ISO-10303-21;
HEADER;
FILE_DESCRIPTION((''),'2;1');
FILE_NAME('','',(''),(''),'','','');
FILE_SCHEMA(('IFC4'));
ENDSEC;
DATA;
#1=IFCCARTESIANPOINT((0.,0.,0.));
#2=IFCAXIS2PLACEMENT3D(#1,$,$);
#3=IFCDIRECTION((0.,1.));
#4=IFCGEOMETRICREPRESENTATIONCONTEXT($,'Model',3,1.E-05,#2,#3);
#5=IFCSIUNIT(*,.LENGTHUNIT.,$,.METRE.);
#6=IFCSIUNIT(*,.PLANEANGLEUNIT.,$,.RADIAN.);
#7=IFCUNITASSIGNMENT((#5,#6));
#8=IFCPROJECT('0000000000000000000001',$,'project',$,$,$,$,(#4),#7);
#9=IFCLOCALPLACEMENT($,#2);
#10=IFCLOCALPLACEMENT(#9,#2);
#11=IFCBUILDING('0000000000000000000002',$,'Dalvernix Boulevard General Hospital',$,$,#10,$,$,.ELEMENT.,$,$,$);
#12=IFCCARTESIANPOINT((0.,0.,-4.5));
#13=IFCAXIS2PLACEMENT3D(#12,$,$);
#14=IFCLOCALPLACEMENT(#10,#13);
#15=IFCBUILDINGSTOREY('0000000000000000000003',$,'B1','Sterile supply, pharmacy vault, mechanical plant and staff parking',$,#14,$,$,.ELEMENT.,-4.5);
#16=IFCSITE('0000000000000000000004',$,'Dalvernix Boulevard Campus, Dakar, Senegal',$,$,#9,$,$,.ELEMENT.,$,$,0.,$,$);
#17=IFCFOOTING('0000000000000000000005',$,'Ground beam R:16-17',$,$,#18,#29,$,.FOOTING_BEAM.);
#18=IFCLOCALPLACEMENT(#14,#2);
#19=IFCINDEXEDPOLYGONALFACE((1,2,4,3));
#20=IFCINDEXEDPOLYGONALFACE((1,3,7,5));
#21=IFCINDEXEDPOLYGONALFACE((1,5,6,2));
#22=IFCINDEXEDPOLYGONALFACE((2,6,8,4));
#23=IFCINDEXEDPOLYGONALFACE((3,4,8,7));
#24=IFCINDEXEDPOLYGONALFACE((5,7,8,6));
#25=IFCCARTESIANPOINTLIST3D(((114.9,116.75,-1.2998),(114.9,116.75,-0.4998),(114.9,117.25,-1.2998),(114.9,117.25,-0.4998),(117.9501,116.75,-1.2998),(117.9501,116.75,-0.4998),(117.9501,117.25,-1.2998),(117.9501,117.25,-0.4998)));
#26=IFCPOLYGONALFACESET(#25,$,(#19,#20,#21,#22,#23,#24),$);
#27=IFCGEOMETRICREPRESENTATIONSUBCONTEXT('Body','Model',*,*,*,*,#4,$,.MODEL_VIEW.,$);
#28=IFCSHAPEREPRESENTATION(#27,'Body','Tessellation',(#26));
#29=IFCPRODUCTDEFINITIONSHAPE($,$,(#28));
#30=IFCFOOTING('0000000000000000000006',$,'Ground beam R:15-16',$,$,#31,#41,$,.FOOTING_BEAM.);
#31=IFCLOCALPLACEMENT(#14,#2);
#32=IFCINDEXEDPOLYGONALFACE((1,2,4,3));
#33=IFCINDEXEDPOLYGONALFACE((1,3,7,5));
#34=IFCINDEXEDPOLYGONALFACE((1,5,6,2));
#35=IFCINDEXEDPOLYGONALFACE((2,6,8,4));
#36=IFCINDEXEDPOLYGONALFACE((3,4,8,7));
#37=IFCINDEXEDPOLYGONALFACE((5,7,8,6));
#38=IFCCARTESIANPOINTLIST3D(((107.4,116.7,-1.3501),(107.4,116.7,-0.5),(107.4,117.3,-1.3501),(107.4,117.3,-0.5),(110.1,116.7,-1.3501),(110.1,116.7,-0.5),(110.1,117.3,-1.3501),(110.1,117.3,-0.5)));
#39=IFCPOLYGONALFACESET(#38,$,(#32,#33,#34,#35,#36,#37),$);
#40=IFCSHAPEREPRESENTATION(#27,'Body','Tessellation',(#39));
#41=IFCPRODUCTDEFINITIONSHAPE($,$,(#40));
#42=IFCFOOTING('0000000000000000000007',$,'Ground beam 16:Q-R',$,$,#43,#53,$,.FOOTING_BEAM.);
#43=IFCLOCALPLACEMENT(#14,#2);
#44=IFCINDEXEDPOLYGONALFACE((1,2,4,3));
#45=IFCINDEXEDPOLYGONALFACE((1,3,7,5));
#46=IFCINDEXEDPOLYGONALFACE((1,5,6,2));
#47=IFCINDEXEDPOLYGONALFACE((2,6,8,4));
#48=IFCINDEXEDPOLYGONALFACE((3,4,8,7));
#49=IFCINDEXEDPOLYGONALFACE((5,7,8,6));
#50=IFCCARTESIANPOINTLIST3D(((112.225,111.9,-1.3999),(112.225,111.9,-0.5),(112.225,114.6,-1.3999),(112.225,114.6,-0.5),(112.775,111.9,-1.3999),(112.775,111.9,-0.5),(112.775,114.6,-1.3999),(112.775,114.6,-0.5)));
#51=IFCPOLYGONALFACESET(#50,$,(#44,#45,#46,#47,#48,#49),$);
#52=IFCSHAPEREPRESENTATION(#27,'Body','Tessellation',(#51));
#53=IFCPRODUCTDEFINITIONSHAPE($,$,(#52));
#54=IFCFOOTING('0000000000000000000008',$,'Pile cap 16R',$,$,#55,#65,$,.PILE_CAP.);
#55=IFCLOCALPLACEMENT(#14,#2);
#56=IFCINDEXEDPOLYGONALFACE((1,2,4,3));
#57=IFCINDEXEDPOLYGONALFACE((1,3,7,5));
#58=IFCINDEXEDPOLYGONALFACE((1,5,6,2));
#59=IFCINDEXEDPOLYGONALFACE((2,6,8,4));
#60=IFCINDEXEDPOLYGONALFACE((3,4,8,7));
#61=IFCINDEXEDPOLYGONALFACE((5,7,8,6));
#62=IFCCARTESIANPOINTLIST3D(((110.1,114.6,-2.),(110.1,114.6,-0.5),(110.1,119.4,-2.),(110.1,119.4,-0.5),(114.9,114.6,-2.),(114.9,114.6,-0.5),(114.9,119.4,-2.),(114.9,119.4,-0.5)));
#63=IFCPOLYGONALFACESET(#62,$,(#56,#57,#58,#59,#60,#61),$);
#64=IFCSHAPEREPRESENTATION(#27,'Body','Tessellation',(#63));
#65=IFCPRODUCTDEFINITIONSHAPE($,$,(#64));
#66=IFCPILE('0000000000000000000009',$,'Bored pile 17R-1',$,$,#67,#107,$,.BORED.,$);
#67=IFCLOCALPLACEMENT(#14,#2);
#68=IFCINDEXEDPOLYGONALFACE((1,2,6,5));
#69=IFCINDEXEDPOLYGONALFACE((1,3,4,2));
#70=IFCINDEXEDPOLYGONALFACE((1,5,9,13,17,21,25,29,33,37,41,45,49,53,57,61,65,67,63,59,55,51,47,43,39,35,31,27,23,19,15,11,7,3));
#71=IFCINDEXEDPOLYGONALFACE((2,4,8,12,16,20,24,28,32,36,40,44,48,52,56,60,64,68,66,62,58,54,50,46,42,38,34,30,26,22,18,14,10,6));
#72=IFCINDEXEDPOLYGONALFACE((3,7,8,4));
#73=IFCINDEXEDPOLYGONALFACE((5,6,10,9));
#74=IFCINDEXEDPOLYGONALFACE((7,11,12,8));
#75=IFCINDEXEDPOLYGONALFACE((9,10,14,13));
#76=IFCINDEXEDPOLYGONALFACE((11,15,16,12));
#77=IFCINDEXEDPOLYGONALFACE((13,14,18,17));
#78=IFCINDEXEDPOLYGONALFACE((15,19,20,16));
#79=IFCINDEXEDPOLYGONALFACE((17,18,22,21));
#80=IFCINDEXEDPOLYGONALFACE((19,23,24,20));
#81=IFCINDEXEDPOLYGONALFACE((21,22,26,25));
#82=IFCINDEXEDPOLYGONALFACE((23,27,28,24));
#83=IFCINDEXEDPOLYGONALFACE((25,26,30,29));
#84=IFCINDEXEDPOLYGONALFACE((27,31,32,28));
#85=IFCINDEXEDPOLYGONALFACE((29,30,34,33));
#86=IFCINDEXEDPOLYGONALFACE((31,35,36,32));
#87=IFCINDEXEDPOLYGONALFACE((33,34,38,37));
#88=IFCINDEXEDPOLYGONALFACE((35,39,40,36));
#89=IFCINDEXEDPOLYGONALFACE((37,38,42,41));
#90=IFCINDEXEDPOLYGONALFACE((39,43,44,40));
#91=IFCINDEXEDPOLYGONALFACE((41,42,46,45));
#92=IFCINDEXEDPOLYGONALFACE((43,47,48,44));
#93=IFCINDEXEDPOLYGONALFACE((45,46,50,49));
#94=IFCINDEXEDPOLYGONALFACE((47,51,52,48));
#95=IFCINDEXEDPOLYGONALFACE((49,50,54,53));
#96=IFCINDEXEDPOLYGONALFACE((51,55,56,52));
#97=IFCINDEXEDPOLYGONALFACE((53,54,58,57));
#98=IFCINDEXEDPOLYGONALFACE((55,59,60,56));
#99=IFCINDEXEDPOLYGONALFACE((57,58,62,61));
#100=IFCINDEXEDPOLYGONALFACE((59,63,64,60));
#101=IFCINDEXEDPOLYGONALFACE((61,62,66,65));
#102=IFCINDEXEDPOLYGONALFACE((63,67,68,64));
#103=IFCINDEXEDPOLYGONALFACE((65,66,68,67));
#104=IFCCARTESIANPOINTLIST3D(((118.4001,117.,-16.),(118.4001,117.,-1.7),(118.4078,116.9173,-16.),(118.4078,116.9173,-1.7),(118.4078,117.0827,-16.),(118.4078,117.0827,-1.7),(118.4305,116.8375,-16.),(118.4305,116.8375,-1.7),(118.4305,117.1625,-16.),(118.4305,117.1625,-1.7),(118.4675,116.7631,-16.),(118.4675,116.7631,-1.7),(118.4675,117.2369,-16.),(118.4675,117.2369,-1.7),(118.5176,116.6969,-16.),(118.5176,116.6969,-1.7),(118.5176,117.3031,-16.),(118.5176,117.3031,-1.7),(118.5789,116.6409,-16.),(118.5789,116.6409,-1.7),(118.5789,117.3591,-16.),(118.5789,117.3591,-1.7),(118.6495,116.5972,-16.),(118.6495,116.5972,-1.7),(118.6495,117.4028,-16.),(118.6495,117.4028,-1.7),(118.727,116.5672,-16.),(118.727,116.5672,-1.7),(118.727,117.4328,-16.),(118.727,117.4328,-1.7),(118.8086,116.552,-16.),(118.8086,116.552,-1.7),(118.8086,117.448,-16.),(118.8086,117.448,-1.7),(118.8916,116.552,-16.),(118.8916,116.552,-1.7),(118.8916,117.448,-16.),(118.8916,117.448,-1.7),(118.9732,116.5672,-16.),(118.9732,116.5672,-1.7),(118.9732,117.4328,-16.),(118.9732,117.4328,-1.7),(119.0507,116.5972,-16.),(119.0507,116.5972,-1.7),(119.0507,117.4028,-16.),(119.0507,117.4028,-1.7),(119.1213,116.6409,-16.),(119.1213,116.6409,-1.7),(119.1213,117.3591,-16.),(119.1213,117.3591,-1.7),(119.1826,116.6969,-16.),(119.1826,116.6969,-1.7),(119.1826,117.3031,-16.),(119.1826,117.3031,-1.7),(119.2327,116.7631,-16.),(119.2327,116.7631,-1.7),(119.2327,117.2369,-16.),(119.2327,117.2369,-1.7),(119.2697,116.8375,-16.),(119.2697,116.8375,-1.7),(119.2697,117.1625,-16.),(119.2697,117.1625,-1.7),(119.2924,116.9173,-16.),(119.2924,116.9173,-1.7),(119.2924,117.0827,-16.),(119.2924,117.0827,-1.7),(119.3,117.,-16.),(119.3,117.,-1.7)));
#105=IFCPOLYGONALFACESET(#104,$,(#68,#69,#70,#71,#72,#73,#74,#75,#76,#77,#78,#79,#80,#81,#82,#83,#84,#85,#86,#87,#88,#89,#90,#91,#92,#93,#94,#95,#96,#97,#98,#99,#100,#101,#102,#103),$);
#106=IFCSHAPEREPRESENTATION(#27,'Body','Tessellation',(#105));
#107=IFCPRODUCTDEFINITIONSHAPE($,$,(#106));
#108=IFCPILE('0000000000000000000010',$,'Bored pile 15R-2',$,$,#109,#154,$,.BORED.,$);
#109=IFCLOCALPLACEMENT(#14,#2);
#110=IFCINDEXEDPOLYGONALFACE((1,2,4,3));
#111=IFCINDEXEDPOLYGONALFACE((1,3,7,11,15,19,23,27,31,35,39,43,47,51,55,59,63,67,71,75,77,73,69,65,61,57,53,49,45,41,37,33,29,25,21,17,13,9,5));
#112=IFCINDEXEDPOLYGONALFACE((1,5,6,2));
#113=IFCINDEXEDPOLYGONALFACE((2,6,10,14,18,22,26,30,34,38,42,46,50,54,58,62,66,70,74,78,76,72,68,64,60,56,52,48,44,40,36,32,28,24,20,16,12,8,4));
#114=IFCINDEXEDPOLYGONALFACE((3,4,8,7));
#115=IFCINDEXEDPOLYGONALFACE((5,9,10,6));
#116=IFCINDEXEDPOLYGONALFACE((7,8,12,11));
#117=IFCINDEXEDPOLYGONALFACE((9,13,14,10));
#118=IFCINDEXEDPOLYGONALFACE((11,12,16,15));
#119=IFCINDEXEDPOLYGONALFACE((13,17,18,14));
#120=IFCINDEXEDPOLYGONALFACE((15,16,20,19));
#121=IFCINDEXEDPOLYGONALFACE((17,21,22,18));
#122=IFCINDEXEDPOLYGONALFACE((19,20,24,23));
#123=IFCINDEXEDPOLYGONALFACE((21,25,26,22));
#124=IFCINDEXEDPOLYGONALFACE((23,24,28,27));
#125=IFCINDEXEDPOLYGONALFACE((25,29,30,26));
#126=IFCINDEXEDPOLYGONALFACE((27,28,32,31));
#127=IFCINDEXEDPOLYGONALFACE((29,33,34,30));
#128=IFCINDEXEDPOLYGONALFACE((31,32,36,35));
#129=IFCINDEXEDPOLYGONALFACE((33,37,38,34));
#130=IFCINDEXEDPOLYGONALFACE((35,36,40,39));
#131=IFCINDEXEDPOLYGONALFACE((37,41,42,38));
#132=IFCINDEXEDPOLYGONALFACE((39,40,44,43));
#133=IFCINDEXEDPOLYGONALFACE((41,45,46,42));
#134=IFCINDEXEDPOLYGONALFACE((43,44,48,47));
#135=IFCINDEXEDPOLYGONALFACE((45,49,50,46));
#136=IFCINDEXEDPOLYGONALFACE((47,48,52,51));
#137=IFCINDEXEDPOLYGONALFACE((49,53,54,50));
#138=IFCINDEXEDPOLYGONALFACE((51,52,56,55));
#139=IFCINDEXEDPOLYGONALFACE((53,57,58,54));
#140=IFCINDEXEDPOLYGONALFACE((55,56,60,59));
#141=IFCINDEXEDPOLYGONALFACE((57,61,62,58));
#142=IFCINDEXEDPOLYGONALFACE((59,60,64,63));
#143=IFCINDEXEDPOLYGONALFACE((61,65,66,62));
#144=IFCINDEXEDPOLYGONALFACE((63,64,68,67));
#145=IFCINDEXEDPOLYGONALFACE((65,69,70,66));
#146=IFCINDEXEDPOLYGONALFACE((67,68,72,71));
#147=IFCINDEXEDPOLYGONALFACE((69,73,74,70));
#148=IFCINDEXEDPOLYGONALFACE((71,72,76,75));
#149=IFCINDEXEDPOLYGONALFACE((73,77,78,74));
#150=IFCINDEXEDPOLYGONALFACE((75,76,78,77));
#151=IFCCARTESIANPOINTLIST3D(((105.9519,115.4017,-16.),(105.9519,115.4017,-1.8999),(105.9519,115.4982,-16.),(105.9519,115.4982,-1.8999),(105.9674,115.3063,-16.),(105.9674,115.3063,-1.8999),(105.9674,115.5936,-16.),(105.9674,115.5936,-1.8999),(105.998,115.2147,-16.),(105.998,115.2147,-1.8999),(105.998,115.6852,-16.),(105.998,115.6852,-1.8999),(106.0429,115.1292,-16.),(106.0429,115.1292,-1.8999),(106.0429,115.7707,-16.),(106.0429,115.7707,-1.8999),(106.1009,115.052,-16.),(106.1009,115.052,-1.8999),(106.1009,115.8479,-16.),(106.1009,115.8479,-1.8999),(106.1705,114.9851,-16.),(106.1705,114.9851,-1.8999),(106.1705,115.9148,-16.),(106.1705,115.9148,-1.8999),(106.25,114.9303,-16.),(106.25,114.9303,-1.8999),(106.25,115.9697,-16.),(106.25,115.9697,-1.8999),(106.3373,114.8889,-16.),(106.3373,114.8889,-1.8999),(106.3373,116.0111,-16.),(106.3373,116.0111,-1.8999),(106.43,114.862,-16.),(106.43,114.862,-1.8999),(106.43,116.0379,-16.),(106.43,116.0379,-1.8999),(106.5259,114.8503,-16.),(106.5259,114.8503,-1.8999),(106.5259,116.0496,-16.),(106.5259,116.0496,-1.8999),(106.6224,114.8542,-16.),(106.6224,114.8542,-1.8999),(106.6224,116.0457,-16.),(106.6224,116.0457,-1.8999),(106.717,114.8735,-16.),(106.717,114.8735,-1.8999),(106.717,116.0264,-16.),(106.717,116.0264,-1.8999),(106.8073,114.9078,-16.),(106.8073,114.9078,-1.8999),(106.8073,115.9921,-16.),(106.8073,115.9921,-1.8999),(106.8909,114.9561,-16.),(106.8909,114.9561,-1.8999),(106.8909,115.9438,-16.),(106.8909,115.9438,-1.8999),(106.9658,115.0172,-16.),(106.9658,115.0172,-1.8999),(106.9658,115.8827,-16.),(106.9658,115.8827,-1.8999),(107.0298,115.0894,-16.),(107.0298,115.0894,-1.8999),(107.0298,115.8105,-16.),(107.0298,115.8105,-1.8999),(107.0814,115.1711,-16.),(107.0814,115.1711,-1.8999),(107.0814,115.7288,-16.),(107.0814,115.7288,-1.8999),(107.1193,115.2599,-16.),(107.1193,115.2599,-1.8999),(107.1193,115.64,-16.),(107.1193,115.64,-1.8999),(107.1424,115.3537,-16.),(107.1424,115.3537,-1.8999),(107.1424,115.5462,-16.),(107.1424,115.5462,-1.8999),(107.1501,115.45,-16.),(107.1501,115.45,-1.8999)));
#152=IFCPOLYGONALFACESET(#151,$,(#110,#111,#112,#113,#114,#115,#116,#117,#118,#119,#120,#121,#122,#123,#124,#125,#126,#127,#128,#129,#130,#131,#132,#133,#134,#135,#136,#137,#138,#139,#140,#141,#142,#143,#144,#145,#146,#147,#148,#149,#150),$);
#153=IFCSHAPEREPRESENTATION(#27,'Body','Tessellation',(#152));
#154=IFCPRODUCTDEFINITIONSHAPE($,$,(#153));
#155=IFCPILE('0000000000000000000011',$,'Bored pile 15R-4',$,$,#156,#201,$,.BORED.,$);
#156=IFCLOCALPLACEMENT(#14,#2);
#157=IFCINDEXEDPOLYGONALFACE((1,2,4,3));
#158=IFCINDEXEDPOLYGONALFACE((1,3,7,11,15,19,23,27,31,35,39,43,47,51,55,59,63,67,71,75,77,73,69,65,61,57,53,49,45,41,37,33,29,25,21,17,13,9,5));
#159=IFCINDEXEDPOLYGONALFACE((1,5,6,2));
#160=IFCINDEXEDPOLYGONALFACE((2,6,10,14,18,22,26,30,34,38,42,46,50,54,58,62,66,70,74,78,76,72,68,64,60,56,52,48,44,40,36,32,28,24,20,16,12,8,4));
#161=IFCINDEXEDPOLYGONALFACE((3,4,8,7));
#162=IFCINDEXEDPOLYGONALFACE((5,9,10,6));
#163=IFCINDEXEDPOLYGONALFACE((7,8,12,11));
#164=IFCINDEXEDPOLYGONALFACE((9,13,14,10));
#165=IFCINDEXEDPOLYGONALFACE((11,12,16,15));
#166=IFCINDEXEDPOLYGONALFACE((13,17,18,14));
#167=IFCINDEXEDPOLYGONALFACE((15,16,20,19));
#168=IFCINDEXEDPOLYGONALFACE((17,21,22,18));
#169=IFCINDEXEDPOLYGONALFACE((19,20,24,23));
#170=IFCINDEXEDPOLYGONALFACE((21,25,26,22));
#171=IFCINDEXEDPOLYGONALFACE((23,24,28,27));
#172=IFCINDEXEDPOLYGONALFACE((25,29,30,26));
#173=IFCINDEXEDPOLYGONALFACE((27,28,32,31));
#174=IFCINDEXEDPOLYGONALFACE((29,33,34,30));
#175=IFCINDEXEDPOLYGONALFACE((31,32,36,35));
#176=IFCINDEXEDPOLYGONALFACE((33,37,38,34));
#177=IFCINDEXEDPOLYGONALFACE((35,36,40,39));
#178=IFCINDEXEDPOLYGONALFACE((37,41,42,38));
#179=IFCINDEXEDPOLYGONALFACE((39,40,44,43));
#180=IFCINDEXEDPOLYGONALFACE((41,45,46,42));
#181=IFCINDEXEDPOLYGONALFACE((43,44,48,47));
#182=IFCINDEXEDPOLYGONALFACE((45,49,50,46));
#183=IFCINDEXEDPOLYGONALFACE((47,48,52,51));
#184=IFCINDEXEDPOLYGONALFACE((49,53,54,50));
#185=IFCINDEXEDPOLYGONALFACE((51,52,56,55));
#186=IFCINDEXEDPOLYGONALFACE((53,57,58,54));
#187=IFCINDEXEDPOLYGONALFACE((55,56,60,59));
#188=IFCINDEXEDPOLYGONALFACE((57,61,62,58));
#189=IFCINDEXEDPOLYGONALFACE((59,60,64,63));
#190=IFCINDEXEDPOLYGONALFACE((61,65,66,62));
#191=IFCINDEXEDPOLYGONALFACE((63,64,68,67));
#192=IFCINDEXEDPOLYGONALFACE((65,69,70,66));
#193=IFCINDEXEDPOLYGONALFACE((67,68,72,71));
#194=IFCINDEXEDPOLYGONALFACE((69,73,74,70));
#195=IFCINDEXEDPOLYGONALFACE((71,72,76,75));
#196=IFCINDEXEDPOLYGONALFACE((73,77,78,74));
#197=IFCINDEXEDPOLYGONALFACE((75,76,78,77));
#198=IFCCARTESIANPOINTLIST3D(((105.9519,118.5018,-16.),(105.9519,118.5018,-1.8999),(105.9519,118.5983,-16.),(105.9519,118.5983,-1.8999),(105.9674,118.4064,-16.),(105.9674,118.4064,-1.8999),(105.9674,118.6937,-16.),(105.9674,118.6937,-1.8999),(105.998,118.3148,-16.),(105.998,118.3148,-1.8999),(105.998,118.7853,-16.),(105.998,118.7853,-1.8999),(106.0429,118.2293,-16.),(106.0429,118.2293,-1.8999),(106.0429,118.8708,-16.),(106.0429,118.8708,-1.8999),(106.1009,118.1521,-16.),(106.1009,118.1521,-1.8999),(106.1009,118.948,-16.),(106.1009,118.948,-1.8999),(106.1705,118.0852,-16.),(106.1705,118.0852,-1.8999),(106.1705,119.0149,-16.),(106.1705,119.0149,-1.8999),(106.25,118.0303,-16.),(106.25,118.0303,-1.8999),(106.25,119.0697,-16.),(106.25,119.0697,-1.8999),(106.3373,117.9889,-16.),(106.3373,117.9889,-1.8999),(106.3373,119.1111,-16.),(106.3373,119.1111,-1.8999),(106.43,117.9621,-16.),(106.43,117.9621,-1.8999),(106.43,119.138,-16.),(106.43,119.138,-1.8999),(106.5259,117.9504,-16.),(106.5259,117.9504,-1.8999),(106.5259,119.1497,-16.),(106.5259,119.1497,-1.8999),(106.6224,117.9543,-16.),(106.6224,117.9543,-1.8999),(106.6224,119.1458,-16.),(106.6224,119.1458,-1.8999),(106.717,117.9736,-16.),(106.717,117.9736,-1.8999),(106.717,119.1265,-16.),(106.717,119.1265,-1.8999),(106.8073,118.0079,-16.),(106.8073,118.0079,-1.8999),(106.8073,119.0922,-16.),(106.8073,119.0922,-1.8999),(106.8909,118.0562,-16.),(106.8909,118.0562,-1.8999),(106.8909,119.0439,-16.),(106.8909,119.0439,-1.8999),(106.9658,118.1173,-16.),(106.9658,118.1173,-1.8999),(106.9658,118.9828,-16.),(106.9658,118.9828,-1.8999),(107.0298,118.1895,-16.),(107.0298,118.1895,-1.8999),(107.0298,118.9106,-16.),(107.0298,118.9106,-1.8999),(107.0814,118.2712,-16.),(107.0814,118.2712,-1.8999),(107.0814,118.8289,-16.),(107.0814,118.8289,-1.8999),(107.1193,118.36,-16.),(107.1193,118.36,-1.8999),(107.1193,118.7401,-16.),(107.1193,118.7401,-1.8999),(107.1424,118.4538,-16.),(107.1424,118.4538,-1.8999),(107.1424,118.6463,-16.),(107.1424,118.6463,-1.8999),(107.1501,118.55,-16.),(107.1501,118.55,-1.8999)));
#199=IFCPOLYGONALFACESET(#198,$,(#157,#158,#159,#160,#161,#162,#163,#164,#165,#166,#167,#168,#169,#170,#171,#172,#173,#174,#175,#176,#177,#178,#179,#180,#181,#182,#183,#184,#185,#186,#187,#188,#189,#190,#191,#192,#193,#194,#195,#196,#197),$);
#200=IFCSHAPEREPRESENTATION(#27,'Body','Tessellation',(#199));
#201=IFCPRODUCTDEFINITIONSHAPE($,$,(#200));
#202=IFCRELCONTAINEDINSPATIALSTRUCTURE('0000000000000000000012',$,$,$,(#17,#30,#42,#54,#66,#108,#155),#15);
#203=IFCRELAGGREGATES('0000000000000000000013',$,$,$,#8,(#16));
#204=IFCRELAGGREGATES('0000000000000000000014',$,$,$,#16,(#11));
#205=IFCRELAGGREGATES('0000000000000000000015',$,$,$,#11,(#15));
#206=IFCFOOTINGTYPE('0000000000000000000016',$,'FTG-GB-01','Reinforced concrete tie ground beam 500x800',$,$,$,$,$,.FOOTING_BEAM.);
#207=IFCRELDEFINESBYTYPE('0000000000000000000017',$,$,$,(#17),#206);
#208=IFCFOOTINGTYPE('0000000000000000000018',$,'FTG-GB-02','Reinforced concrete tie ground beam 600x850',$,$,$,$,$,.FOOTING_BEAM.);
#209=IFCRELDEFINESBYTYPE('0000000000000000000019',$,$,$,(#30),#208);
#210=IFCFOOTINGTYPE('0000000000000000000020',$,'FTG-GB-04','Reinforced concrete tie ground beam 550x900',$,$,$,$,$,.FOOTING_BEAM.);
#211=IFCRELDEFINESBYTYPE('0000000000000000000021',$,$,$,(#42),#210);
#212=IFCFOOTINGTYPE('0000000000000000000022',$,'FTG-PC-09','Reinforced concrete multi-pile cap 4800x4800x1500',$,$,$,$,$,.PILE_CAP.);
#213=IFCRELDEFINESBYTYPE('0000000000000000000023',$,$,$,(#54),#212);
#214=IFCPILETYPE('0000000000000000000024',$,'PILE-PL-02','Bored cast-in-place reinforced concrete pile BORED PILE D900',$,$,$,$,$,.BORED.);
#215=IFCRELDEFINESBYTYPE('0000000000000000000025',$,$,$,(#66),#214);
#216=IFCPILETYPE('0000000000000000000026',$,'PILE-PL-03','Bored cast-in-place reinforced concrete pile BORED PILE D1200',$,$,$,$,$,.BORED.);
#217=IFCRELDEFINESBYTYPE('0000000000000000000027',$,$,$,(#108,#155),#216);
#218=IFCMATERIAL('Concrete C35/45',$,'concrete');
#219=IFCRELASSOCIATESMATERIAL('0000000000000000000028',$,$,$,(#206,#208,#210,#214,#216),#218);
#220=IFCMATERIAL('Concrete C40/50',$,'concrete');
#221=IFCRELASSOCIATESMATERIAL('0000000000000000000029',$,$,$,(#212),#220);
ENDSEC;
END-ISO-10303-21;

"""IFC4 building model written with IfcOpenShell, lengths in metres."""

from ifc_helpers import new_model, si_unit, direction, frame, origin, origin_2d, place, context, subcontext, project, spatial, rectangle, circle, extrude, material, material_profile, profile_set, type_object, element, save


model = new_model("IFC4")

# Units and contexts
model_context = context("Model", 3, precision=1e-05, world=origin(), true_north=direction((0.0, 1.0)))
body_context = subcontext(model_context, "Body", "Model", "MODEL_VIEW")
ifc_project = project(units=[si_unit("LENGTHUNIT", "METRE"), si_unit("PLANEANGLEUNIT", "RADIAN")], contexts=[model_context])

# Site, building, storey
site_placement = place(None, origin())
site = spatial("IfcSite", under=ifc_project, at=site_placement, Name="Dalvernix Boulevard Campus, Dakar, Senegal", CompositionType="ELEMENT", RefElevation=0.0)
building_placement = place(site_placement, origin())
building = spatial("IfcBuilding", under=site, at=building_placement, Name="Dalvernix Boulevard General Hospital", CompositionType="ELEMENT")
storey_placement = place(building_placement, frame((0.0, 0.0, -4.5)))
storey = spatial("IfcBuildingStorey", under=building, at=storey_placement, Name="B1", Description="Sterile supply, pharmacy vault, mechanical plant and staff parking", CompositionType="ELEMENT", Elevation=-4.5)

# Footings
ifc_material_1 = material(Name="Concrete C35/45", Category="concrete")
footing_type_1 = type_object("IfcFootingType", Name="FTG-GB-01", Description="Reinforced concrete tie ground beam 500x800", PredefinedType="FOOTING_BEAM", material=ifc_material_1)
footing_1_placement = place(storey_placement, frame((116.425, 117.0, -1.2998), z_axis=(0.0, 0.0, 1.0), x_axis=(1.0, 0.0, 0.0)))
element("IfcFooting", 1, at=footing_1_placement, inside=storey, type_object=footing_type_1, Name="Ground beam R:16-17", PredefinedType="FOOTING_BEAM", context=body_context, shape_type="SweptSolid", body=[
    extrude(rectangle(XDim=3.05, YDim=0.5, at=origin_2d()), origin(), (0.0, 0.0, 1.0), 0.8),
])
footing_type_2 = type_object("IfcFootingType", Name="FTG-GB-02", Description="Reinforced concrete tie ground beam 600x850", PredefinedType="FOOTING_BEAM", material=ifc_material_1)
footing_2_placement = place(storey_placement, frame((108.75, 117.0, -1.3501), z_axis=(0.0, 0.0, 1.0), x_axis=(1.0, 0.0, 0.0)))
element("IfcFooting", 2, at=footing_2_placement, inside=storey, type_object=footing_type_2, Name="Ground beam R:15-16", PredefinedType="FOOTING_BEAM", context=body_context, shape_type="SweptSolid", body=[
    extrude(rectangle(XDim=2.7, YDim=0.6001, at=origin_2d()), origin(), (0.0, 0.0, 1.0), 0.8501),
])
footing_type_3 = type_object("IfcFootingType", Name="FTG-GB-04", Description="Reinforced concrete tie ground beam 550x900", PredefinedType="FOOTING_BEAM", material=ifc_material_1)
footing_3_placement = place(storey_placement, frame((112.5, 113.25, -1.3999), z_axis=(0.0, 0.0, 1.0), x_axis=(0.0, 1.0, 0.0)))
element("IfcFooting", 3, at=footing_3_placement, inside=storey, type_object=footing_type_3, Name="Ground beam 16:Q-R", PredefinedType="FOOTING_BEAM", context=body_context, shape_type="SweptSolid", body=[
    extrude(rectangle(XDim=2.7, YDim=0.55, at=origin_2d()), origin(), (0.0, 0.0, 1.0), 0.8999),
])
ifc_material_2 = material(Name="Concrete C40/50", Category="concrete")
footing_type_4 = type_object("IfcFootingType", Name="FTG-PC-09", Description="Reinforced concrete multi-pile cap 4800x4800x1500", PredefinedType="PILE_CAP", material=ifc_material_2)
footing_4_placement = place(storey_placement, frame((112.5, 117.0, -2.0), z_axis=(0.0, 0.0, 1.0), x_axis=(1.0, 0.0, 0.0)))
element("IfcFooting", 4, at=footing_4_placement, inside=storey, type_object=footing_type_4, Name="Pile cap 16R", PredefinedType="PILE_CAP", context=body_context, shape_type="SweptSolid", body=[
    extrude(rectangle(XDim=4.8, YDim=4.8, at=origin_2d()), origin(), (0.0, 0.0, 1.0), 1.5),
])

# Piles
ifc_material_profile_1 = material_profile(ifc_material_1, circle(Radius=0.45, at=origin_2d()), Name="BORED PILE D900")
ifc_profile_set_1 = profile_set([ifc_material_profile_1], Name="Concrete C35/45")
pile_type_1 = type_object("IfcPileType", Name="PILE-PL-02", Description="Bored cast-in-place reinforced concrete pile BORED PILE D900", PredefinedType="BORED", material=ifc_profile_set_1)
pile_placement = place(storey_placement, frame((118.8501, 117.0, -1.7), z_axis=(0.0, 0.0, -1.0), x_axis=(1.0, 0.0, 0.0)))
element("IfcPile", 5, at=pile_placement, inside=storey, type_object=pile_type_1, Name="Bored pile 17R-1", PredefinedType="BORED", context=body_context, shape_type="SweptSolid", body=[
    extrude(circle(Radius=0.45, at=origin_2d()), origin(), (0.0, 0.0, 1.0), 14.3),
])
ifc_material_profile_2 = material_profile(ifc_material_1, circle(Radius=0.6001, at=origin_2d()), Name="BORED PILE D1200")
ifc_profile_set_2 = profile_set([ifc_material_profile_2], Name="Concrete C35/45")
pile_type_2 = type_object("IfcPileType", Name="PILE-PL-03", Description="Bored cast-in-place reinforced concrete pile BORED PILE D1200", PredefinedType="BORED", material=ifc_profile_set_2)
for number, where, z_axis, x_axis, name in (
    (6, (106.55, 115.45, -1.8999), (0.0, 0.0, -1.0), (1.0, 0.0, 0.0), "Bored pile 15R-2"),
    (7, (106.55, 118.55, -1.8999), (0.0, 0.0, -1.0), (1.0, 0.0, 0.0), "Bored pile 15R-4"),
):
    element("IfcPile", number, at=place(storey_placement, frame(where, z_axis=z_axis, x_axis=x_axis)), inside=storey, type_object=pile_type_2, Name=name, PredefinedType="BORED", context=body_context, shape_type="SweptSolid", body=[
        extrude(circle(Radius=0.6001, at=origin_2d()), origin(), (0.0, 0.0, 1.0), 14.1001),
    ])

save(model, "model.ifc")
